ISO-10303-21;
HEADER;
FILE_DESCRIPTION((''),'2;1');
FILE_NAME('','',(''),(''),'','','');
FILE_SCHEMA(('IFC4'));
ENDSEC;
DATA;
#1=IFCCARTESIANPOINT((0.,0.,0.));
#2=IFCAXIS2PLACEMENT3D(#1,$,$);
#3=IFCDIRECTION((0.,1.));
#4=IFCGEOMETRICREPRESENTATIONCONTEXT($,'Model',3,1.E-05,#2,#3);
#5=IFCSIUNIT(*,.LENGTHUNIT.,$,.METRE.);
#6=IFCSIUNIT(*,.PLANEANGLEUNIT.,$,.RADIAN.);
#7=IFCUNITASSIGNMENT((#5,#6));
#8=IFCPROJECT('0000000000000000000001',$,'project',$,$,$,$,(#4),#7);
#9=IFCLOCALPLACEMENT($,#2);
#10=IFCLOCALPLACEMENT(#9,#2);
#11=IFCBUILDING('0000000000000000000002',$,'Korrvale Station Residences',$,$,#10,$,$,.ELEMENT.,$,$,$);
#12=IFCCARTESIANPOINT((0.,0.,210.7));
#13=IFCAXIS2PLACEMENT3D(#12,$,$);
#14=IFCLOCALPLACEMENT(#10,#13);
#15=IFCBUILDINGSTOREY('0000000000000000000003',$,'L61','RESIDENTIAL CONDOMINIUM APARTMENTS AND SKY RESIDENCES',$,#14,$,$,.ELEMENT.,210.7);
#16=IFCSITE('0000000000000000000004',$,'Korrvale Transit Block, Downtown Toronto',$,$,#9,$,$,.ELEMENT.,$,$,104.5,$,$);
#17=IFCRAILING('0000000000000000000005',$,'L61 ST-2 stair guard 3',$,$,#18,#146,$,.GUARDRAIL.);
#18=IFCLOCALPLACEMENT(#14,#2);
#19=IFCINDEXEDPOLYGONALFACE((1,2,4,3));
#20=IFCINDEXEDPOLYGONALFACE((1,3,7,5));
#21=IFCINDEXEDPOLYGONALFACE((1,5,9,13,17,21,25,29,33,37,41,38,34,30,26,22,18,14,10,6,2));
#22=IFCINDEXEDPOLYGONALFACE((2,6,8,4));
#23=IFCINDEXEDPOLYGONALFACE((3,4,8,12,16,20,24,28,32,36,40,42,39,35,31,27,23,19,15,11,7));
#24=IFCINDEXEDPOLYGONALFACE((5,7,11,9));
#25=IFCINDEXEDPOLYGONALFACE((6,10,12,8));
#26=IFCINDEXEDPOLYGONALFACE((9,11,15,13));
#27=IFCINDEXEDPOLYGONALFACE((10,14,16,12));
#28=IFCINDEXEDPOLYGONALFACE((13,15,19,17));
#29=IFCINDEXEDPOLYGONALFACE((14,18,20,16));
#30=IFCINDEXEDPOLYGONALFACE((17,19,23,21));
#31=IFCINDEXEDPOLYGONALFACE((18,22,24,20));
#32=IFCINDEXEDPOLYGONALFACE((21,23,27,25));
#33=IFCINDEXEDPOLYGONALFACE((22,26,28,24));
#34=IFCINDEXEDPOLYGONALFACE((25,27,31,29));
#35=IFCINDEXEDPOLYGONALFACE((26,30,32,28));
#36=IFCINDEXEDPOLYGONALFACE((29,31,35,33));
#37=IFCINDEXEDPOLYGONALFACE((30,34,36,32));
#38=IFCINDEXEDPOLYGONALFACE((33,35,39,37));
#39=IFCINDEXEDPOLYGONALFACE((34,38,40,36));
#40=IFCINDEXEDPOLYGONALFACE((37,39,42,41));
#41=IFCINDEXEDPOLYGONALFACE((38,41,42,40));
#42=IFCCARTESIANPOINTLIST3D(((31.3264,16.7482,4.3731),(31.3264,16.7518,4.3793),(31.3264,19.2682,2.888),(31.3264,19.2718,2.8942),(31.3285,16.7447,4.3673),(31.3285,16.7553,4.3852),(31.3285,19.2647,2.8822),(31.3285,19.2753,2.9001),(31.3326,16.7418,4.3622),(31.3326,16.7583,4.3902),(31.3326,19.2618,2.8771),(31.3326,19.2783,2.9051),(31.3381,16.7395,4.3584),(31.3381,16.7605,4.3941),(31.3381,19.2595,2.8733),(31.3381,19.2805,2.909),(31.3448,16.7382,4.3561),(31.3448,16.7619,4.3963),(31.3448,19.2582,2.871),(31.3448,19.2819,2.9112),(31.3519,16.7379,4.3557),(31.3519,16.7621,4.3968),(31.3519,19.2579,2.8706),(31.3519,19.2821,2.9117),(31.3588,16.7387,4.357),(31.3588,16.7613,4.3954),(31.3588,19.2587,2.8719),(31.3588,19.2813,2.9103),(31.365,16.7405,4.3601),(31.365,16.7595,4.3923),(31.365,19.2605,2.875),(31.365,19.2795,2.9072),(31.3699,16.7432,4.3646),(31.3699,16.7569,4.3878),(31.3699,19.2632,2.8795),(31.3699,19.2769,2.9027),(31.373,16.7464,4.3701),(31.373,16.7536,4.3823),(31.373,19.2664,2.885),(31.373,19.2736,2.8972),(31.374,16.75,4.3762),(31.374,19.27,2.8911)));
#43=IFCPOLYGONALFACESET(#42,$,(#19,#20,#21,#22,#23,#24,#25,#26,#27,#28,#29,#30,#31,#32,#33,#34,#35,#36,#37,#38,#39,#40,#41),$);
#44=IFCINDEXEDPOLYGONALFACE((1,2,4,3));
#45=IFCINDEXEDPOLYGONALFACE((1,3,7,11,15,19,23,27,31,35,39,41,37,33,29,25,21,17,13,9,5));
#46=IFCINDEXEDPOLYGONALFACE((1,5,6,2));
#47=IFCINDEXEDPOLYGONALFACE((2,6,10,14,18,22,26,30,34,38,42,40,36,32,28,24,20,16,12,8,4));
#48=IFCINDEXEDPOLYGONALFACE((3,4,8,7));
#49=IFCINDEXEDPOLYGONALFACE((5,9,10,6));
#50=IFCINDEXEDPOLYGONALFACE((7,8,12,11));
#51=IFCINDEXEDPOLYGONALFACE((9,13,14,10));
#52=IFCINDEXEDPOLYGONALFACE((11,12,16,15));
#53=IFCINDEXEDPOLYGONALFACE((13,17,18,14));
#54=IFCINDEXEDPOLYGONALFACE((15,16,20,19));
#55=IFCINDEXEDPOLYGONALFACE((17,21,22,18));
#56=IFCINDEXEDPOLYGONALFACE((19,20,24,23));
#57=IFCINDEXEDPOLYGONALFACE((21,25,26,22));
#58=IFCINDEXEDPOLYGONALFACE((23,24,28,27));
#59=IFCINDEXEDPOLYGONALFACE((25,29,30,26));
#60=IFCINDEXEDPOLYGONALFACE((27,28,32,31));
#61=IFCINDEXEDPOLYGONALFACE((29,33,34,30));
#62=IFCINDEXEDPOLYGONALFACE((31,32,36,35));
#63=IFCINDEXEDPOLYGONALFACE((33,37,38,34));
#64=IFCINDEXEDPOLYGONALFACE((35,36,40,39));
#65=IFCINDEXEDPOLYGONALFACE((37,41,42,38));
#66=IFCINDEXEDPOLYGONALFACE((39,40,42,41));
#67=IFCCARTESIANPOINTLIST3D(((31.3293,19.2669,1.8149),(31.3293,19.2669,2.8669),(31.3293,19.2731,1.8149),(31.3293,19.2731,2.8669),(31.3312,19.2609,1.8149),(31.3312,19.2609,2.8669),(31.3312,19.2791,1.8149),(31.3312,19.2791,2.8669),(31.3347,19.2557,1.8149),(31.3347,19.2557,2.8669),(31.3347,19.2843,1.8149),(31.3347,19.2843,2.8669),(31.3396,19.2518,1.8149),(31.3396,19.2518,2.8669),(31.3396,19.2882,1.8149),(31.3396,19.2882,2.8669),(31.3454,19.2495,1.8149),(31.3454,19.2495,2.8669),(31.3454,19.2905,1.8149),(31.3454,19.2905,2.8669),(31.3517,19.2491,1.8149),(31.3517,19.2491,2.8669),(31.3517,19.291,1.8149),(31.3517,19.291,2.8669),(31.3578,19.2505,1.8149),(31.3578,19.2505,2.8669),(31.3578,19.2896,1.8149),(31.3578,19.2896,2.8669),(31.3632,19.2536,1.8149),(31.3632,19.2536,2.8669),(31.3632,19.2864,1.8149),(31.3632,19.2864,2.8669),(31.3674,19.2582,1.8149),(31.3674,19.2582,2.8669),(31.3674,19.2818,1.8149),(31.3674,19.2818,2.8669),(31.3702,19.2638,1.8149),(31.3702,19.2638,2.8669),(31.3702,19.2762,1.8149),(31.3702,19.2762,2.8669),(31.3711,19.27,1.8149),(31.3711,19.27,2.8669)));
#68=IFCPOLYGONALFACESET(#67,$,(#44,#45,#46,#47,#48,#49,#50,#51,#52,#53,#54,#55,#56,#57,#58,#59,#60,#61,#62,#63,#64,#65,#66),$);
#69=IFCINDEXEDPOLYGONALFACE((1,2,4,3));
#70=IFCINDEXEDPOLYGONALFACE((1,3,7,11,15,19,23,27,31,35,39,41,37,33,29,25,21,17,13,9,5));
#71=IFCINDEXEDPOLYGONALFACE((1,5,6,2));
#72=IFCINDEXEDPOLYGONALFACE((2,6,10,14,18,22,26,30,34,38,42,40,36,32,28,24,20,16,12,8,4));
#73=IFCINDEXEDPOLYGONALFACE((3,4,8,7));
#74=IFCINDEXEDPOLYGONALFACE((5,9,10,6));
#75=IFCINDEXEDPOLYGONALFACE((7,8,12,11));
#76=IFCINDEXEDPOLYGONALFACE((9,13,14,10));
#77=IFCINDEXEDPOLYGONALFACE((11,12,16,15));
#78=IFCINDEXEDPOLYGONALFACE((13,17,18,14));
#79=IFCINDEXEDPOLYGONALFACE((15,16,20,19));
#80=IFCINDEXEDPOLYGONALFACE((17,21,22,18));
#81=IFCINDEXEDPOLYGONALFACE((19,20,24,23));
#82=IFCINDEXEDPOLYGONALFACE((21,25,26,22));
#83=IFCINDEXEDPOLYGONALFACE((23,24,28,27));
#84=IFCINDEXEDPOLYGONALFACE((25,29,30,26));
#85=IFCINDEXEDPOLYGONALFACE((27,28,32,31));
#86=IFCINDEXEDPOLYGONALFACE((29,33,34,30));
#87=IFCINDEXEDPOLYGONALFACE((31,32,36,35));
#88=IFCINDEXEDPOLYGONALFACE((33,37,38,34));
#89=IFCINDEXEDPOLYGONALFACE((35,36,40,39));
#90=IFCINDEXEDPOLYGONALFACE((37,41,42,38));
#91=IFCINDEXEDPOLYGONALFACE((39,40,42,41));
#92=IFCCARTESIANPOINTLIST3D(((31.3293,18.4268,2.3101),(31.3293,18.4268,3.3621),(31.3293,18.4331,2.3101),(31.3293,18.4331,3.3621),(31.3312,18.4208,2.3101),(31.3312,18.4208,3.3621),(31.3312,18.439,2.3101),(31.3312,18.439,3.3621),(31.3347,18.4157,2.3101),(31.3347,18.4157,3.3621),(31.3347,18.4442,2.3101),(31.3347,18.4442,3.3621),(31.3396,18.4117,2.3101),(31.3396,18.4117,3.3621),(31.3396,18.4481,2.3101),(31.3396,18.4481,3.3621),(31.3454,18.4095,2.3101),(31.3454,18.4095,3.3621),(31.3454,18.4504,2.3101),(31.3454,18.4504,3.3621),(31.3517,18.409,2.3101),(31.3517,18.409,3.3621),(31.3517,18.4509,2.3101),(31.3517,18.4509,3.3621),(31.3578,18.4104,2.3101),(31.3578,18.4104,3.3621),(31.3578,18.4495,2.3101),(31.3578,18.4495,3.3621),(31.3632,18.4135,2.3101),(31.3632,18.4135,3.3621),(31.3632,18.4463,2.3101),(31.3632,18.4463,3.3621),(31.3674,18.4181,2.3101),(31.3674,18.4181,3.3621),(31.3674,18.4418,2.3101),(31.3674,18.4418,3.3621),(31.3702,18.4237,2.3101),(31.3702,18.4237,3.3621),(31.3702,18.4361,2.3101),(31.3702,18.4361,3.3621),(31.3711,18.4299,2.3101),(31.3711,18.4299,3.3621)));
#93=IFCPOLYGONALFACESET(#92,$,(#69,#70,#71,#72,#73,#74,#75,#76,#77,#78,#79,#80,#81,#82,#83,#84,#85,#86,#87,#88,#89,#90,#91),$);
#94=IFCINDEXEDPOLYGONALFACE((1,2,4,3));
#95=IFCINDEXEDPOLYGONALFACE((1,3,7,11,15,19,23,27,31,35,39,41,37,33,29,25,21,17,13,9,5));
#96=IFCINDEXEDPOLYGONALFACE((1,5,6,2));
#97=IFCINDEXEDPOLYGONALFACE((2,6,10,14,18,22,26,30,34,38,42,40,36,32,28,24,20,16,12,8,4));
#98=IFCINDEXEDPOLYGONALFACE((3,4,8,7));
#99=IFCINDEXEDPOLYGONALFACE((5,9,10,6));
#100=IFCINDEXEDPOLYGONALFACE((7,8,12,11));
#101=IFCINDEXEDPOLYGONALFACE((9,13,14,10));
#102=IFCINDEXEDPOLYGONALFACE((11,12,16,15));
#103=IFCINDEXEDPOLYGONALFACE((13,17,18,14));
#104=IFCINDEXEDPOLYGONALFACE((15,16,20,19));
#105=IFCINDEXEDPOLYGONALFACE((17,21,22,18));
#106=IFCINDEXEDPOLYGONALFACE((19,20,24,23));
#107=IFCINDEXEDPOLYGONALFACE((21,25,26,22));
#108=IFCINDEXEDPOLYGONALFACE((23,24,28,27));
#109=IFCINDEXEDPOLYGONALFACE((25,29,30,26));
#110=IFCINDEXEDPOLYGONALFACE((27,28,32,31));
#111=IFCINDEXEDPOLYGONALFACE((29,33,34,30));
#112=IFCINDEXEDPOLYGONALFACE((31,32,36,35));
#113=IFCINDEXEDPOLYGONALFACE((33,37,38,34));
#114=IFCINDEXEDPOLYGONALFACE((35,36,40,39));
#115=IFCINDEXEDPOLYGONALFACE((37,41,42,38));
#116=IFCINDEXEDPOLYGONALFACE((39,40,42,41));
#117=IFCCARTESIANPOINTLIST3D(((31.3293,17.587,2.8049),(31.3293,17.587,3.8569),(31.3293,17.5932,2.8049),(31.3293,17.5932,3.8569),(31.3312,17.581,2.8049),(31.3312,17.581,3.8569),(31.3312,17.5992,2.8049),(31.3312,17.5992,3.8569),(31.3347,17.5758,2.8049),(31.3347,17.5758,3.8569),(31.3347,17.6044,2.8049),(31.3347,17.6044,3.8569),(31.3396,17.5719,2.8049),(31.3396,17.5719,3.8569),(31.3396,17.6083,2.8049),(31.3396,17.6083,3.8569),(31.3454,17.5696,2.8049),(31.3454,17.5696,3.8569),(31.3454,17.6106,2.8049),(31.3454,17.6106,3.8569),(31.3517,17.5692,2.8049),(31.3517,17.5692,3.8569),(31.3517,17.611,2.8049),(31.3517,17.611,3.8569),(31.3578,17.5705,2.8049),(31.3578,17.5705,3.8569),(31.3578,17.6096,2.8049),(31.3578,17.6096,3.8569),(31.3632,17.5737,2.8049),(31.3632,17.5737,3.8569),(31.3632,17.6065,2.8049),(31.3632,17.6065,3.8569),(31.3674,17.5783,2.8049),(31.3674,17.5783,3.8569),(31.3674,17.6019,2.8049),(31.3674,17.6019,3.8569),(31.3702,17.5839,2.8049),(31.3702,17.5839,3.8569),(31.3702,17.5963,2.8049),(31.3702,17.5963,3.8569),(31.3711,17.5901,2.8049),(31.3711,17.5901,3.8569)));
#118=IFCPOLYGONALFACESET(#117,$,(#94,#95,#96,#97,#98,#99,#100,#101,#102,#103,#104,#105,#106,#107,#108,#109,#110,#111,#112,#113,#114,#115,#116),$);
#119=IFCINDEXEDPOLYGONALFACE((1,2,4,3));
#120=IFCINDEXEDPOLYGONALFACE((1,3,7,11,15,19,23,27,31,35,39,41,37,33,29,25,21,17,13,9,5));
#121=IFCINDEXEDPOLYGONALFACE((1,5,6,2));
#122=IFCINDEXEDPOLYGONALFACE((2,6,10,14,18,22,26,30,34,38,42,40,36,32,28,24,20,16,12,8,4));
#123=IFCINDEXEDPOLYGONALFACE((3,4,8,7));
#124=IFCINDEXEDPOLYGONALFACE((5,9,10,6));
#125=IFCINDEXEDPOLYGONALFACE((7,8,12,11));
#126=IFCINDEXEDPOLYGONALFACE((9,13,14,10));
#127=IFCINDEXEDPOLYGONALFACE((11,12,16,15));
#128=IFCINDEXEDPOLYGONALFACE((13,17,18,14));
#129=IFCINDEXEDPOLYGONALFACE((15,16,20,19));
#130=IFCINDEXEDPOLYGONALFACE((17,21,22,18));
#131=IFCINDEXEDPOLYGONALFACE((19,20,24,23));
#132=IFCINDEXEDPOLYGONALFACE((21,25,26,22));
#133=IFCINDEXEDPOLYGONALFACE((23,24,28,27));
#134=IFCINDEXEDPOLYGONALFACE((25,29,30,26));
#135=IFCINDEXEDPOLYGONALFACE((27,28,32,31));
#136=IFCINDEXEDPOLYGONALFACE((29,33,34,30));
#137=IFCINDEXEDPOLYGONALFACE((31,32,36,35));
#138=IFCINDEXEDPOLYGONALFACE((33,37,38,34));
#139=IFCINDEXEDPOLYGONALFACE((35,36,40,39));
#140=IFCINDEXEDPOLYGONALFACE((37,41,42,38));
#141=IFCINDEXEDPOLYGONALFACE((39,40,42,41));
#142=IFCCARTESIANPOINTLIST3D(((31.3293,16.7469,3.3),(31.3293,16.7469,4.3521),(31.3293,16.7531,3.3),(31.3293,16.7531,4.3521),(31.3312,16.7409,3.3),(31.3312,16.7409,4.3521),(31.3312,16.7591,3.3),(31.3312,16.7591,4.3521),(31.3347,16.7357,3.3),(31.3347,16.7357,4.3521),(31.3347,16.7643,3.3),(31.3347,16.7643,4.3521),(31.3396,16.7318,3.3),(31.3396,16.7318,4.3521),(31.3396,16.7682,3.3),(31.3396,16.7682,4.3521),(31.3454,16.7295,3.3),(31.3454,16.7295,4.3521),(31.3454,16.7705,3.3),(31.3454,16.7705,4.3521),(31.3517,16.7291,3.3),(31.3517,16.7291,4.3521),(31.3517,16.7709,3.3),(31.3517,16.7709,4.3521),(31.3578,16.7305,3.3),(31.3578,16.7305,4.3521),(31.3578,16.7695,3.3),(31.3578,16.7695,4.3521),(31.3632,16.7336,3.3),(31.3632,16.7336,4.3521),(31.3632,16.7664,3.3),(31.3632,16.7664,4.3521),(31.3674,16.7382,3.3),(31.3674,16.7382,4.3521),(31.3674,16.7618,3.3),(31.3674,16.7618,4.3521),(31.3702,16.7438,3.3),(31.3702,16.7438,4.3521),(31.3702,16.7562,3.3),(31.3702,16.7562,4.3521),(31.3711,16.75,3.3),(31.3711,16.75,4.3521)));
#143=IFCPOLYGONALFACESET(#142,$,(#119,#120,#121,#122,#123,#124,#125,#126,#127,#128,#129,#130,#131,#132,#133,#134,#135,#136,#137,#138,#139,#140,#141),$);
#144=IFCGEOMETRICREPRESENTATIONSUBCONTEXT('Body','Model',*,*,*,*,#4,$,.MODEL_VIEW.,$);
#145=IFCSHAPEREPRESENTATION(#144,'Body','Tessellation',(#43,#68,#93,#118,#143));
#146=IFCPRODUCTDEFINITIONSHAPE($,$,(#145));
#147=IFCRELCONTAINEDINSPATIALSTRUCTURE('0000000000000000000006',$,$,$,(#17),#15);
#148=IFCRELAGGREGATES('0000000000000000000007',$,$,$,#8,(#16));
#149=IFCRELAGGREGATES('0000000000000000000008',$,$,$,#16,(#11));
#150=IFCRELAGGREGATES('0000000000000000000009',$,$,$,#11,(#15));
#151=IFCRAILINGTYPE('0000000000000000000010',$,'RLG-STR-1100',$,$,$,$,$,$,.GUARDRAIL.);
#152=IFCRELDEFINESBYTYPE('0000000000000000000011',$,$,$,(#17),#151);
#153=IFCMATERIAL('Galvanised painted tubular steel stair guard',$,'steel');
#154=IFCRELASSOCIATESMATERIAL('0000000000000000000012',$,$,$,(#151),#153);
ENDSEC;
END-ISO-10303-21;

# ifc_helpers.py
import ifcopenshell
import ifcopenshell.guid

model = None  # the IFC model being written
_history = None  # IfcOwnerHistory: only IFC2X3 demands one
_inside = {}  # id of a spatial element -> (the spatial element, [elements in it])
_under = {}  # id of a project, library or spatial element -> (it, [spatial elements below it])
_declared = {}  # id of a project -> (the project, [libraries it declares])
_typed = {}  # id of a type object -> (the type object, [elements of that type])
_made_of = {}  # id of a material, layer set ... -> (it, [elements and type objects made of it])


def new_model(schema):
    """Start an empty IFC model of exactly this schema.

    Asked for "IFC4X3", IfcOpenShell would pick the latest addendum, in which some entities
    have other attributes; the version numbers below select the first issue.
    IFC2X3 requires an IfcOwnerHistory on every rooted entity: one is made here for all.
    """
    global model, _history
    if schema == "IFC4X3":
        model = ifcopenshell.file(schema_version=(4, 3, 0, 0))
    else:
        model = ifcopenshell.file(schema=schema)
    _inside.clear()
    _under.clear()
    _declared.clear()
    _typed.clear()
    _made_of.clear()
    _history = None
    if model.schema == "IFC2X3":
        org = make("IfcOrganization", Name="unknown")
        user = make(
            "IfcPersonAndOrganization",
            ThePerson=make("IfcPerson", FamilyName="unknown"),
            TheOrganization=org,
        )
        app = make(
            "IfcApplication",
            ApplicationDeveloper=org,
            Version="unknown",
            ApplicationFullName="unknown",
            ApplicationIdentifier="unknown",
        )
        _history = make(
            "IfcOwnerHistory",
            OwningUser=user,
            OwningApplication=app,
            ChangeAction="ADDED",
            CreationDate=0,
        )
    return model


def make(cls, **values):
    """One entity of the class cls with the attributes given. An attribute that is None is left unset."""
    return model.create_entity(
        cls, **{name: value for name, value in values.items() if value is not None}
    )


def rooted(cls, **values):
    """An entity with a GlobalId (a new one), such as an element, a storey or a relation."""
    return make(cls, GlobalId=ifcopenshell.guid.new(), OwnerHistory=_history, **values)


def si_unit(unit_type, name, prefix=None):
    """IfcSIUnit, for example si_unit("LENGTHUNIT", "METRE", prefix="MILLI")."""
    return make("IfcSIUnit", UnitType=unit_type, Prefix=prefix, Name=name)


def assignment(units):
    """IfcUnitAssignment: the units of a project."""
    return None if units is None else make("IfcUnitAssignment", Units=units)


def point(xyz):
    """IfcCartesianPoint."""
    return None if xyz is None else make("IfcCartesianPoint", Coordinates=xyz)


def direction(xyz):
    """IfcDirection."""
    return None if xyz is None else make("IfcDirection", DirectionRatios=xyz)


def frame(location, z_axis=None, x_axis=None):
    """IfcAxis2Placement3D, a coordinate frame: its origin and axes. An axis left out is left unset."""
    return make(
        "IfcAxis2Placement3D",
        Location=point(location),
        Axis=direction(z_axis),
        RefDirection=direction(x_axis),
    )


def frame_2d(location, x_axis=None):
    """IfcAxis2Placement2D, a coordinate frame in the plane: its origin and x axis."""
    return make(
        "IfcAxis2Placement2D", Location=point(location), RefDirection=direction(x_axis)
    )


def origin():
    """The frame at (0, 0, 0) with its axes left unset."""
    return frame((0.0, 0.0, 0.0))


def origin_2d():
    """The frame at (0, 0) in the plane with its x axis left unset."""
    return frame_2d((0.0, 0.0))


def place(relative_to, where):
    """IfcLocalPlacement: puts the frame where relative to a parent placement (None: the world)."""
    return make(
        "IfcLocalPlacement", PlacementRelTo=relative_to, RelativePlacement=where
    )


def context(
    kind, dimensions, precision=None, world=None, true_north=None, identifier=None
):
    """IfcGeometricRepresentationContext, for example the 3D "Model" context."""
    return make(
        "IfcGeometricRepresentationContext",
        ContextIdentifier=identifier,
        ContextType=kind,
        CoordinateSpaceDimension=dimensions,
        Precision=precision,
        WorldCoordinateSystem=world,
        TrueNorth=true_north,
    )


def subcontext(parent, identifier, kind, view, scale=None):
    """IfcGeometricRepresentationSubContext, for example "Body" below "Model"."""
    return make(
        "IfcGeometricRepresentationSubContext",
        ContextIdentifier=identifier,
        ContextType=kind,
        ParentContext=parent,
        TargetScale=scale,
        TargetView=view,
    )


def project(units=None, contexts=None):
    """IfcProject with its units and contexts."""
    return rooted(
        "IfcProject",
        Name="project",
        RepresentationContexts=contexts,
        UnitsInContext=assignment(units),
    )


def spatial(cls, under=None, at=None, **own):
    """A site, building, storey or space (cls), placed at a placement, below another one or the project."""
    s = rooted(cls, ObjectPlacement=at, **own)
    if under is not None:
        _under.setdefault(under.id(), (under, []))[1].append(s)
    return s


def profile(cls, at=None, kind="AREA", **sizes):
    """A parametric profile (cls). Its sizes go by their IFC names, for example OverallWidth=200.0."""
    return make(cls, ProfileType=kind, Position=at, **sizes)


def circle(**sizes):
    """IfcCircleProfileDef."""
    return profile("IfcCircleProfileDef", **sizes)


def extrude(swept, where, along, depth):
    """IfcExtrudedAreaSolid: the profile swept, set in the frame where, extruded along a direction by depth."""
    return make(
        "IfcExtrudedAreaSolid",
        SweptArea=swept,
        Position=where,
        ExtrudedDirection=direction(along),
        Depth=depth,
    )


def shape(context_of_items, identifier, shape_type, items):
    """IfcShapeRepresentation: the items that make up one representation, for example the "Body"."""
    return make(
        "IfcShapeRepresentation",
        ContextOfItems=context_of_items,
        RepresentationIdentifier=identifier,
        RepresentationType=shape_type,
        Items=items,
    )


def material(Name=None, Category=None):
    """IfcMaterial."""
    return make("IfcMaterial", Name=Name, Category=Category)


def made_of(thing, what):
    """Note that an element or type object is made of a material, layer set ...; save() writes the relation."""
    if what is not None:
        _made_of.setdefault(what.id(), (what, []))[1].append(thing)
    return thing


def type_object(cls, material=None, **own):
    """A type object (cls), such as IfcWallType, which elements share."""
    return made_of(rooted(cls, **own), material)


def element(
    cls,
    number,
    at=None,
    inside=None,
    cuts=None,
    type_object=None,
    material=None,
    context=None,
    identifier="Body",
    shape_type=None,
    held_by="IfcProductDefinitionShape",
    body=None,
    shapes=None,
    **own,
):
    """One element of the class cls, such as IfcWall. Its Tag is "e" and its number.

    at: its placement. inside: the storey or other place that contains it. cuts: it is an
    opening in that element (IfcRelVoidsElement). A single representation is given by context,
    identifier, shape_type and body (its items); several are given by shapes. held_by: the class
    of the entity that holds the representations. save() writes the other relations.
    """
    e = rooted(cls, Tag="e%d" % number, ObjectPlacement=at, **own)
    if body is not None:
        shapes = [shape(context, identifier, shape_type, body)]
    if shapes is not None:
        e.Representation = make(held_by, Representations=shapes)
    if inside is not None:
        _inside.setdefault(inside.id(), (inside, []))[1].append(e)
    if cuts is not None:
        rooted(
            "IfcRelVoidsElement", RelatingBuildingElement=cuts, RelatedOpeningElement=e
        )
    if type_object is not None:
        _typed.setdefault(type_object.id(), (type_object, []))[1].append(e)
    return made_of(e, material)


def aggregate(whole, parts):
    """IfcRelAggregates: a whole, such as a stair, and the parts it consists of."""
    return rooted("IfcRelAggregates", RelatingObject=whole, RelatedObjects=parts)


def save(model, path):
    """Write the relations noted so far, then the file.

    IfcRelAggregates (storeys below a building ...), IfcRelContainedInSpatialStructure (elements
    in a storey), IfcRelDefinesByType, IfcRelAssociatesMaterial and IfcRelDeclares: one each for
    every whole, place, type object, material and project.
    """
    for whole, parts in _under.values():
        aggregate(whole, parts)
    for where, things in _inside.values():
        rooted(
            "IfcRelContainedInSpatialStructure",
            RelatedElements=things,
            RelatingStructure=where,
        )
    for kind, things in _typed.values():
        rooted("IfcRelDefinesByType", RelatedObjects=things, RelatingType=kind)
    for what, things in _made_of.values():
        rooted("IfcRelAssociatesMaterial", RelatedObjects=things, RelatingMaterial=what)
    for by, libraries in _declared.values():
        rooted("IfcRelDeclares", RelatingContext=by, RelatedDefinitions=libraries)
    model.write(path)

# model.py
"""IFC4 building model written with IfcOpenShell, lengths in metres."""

from ifc_helpers import new_model, si_unit, direction, frame, origin, origin_2d, place, context, subcontext, project, spatial, circle, extrude, material, type_object, element, save


model = new_model("IFC4")

# Units and contexts
model_context = context("Model", 3, precision=1e-05, world=origin(), true_north=direction((0.0, 1.0)))
body_context = subcontext(model_context, "Body", "Model", "MODEL_VIEW")
ifc_project = project(units=[si_unit("LENGTHUNIT", "METRE"), si_unit("PLANEANGLEUNIT", "RADIAN")], contexts=[model_context])

# Site, building, storey
site_placement = place(None, origin())
site = spatial("IfcSite", under=ifc_project, at=site_placement, Name="Korrvale Transit Block, Downtown Toronto", CompositionType="ELEMENT", RefElevation=104.5)
building_placement = place(site_placement, origin())
building = spatial("IfcBuilding", under=site, at=building_placement, Name="Korrvale Station Residences", CompositionType="ELEMENT")
storey_placement = place(building_placement, frame((0.0, 0.0, 210.7)))
storey = spatial("IfcBuildingStorey", under=building, at=storey_placement, Name="L61", Description="RESIDENTIAL CONDOMINIUM APARTMENTS AND SKY RESIDENCES", CompositionType="ELEMENT", Elevation=210.7)

# Railing
ifc_material_1 = material(Name="Galvanised painted tubular steel stair guard", Category="steel")
railing_type_1 = type_object("IfcRailingType", Name="RLG-STR-1100", PredefinedType="GUARDRAIL", material=ifc_material_1)
railing_1_placement = place(storey_placement, frame((31.3501, 19.27, 1.8149)))
element("IfcRailing", 1, at=railing_1_placement, inside=storey, type_object=railing_type_1, Name="L61 ST-2 stair guard 3", PredefinedType="GUARDRAIL", context=body_context, shape_type="SweptSolid", body=[
    extrude(circle(Radius=0.0239, at=origin_2d()), frame((0.0, 0.0, 1.0762), z_axis=(0.0, -0.861524, 0.507717), x_axis=(1.0, 0.0, 0.0)), (0.0, 0.0, 1.0), 2.925),
    extrude(circle(Radius=0.021, at=origin_2d()), origin(), (0.0, 0.0, 1.0), 1.052),
    extrude(circle(Radius=0.021, at=origin_2d()), frame((0.0, -0.8401, 0.4951)), (0.0, 0.0, 1.0), 1.052),
    extrude(circle(Radius=0.021, at=origin_2d()), frame((0.0, -1.6799, 0.99)), (0.0, 0.0, 1.0), 1.052),
    extrude(circle(Radius=0.021, at=origin_2d()), frame((0.0, -2.52, 1.4851)), (0.0, 0.0, 1.0), 1.052),
])

save(model, "model.ifc")
